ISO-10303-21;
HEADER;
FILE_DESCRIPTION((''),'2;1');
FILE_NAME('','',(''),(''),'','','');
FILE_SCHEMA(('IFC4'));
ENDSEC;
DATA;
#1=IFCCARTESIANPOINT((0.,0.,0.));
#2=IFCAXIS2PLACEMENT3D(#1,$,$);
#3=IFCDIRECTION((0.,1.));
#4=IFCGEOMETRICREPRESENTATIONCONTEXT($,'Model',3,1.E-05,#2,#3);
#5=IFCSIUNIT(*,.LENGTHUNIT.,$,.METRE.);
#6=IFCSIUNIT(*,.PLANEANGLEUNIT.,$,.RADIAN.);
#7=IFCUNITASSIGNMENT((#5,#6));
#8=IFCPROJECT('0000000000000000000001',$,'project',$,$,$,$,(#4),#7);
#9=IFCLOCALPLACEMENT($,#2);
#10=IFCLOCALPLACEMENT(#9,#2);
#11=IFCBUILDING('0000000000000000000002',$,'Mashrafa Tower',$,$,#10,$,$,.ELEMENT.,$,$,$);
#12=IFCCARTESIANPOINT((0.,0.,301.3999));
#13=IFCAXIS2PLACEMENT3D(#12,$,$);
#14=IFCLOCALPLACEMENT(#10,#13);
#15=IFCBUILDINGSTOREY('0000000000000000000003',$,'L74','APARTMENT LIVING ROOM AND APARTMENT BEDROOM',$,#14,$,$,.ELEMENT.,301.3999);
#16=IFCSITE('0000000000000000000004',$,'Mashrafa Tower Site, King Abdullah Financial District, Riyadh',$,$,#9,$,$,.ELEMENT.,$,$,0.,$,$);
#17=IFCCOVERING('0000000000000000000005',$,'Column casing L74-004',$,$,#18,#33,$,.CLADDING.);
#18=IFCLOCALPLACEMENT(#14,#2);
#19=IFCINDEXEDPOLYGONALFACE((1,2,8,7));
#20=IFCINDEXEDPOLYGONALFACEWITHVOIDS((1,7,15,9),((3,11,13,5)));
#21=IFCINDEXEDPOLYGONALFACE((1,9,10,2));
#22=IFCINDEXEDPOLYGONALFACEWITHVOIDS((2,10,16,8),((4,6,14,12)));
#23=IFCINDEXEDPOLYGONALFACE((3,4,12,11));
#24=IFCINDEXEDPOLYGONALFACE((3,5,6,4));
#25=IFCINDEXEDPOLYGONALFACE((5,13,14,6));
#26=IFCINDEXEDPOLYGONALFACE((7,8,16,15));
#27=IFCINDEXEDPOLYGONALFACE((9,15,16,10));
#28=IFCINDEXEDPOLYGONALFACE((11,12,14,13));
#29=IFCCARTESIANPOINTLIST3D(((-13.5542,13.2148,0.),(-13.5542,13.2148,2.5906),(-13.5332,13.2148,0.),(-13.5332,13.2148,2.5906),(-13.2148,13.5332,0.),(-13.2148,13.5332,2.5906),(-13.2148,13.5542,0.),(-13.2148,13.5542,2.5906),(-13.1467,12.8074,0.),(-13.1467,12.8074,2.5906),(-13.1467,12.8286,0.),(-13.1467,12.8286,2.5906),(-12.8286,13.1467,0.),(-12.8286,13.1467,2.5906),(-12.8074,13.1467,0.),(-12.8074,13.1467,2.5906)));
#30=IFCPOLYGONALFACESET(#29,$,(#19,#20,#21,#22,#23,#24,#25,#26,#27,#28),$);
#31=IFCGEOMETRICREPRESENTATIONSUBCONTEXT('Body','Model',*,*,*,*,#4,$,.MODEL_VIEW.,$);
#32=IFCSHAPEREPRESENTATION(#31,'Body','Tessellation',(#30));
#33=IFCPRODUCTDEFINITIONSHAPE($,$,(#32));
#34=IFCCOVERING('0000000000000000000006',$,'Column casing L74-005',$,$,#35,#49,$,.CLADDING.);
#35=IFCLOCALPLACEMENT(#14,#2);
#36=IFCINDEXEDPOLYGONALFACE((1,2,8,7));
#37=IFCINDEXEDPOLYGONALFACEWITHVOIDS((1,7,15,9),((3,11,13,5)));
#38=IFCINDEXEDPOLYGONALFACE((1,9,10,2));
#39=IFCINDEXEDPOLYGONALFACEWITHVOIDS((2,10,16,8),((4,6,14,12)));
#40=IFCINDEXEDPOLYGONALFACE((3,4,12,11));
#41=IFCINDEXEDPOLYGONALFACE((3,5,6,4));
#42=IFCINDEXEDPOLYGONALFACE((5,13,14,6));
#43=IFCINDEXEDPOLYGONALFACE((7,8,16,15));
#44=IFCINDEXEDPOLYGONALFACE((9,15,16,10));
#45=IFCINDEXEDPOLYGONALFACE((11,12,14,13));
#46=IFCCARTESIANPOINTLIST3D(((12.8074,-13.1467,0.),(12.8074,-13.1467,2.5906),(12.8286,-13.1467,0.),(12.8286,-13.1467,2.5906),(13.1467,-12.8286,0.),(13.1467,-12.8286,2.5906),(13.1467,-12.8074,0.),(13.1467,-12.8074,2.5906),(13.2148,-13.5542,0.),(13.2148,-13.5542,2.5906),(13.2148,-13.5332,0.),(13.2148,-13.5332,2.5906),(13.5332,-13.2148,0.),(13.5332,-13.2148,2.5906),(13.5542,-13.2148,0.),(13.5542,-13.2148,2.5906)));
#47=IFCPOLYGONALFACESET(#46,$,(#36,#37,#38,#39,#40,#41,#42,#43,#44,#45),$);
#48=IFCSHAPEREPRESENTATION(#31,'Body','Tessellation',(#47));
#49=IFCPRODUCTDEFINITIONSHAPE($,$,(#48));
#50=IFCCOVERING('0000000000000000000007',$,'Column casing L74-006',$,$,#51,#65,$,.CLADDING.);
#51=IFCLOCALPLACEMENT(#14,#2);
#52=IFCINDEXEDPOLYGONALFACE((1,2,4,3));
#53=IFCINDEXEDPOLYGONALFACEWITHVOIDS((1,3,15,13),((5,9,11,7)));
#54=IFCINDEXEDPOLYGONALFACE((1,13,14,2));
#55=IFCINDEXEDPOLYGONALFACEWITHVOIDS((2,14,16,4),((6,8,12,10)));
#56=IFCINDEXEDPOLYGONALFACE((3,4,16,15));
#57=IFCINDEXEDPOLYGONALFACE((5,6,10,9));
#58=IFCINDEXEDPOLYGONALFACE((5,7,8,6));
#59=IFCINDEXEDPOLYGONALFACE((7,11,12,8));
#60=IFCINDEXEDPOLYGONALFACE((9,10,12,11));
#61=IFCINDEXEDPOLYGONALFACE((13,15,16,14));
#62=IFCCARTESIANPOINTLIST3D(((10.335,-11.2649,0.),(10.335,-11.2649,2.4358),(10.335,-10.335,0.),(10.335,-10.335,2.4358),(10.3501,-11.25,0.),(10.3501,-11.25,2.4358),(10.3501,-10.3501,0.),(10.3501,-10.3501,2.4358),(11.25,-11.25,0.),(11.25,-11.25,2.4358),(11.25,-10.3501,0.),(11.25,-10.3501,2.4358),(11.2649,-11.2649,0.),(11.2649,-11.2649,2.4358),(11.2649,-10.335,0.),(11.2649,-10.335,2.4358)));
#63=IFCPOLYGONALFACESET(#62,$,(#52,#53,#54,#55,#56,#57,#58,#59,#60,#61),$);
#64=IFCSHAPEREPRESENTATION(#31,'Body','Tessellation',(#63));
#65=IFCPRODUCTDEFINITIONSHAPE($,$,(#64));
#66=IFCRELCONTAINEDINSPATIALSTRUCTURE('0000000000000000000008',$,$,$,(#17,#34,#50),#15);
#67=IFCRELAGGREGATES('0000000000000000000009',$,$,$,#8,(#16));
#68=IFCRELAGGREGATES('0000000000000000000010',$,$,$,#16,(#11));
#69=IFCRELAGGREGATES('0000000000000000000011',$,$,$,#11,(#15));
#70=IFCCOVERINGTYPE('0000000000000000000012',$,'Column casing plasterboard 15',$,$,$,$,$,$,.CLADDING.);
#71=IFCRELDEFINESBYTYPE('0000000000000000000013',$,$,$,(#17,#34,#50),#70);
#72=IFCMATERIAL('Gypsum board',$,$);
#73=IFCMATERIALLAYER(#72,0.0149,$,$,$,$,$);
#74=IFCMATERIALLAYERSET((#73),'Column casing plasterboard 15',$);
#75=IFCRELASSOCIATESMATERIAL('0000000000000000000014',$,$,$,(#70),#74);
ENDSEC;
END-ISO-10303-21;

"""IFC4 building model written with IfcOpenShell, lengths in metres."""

from ifc_helpers import new_model, si_unit, direction, frame, origin, place, context, subcontext, project, spatial, polyline, outline, extrude, material, layer, layer_set, type_object, element, save


model = new_model("IFC4")

# Units and contexts
model_context = context("Model", 3, precision=1e-05, world=origin(), true_north=direction((0.0, 1.0)))
body_context = subcontext(model_context, "Body", "Model", "MODEL_VIEW")
ifc_project = project(units=[si_unit("LENGTHUNIT", "METRE"), si_unit("PLANEANGLEUNIT", "RADIAN")], contexts=[model_context])

# Site, building, storey
site_placement = place(None, origin())
site = spatial("IfcSite", under=ifc_project, at=site_placement, Name="Mashrafa Tower Site, King Abdullah Financial District, Riyadh", CompositionType="ELEMENT", RefElevation=0.0)
building_placement = place(site_placement, origin())
building = spatial("IfcBuilding", under=site, at=building_placement, Name="Mashrafa Tower", CompositionType="ELEMENT")
storey_placement = place(building_placement, frame((0.0, 0.0, 301.3999)))
storey = spatial("IfcBuildingStorey", under=building, at=storey_placement, Name="L74", Description="APARTMENT LIVING ROOM AND APARTMENT BEDROOM", CompositionType="ELEMENT", Elevation=301.3999)

# Coverings
ifc_material_1 = material(Name="Gypsum board")
ifc_layer_1 = layer(ifc_material_1, 0.0149)
ifc_layer_set_1 = layer_set([ifc_layer_1], Name="Column casing plasterboard 15")
covering_type = type_object("IfcCoveringType", Name="Column casing plasterboard 15", PredefinedType="CLADDING", material=ifc_layer_set_1)
covering_1_placement = place(storey_placement, origin())
element("IfcCovering", 1, at=covering_1_placement, inside=storey, type_object=covering_type, Name="Column casing L74-004", PredefinedType="CLADDING", context=body_context, shape_type="SweptSolid", body=[
    extrude(outline(polyline([(-13.5542, 13.2148), (-13.2148, 13.5542), (-12.8074, 13.1467), (-13.1467, 12.8074), (-13.5542, 13.2148)]), holes=[polyline([(-12.8286, 13.1467), (-13.2148, 13.5332), (-13.5332, 13.2148), (-13.1467, 12.8286), (-12.8286, 13.1467)])]), origin(), (0.0, 0.0, 1.0), 2.5906),
])
covering_2_placement = place(storey_placement, origin())
element("IfcCovering", 2, at=covering_2_placement, inside=storey, type_object=covering_type, Name="Column casing L74-005", PredefinedType="CLADDING", context=body_context, shape_type="SweptSolid", body=[
    extrude(outline(polyline([(12.8074, -13.1467), (13.1467, -12.8074), (13.5542, -13.2148), (13.2148, -13.5542), (12.8074, -13.1467)]), holes=[polyline([(13.5332, -13.2148), (13.1467, -12.8286), (12.8286, -13.1467), (13.2148, -13.5332), (13.5332, -13.2148)])]), origin(), (0.0, 0.0, 1.0), 2.5906),
])
covering_3_placement = place(storey_placement, origin())
element("IfcCovering", 3, at=covering_3_placement, inside=storey, type_object=covering_type, Name="Column casing L74-006", PredefinedType="CLADDING", context=body_context, shape_type="SweptSolid", body=[
    extrude(outline(polyline([(10.335, -10.335), (11.2649, -10.335), (11.2649, -11.2649), (10.335, -11.2649), (10.335, -10.335)]), holes=[polyline([(11.25, -11.25), (11.25, -10.3501), (10.3501, -10.3501), (10.3501, -11.25), (11.25, -11.25)])]), origin(), (0.0, 0.0, 1.0), 2.4358),
])

save(model, "model.ifc")
